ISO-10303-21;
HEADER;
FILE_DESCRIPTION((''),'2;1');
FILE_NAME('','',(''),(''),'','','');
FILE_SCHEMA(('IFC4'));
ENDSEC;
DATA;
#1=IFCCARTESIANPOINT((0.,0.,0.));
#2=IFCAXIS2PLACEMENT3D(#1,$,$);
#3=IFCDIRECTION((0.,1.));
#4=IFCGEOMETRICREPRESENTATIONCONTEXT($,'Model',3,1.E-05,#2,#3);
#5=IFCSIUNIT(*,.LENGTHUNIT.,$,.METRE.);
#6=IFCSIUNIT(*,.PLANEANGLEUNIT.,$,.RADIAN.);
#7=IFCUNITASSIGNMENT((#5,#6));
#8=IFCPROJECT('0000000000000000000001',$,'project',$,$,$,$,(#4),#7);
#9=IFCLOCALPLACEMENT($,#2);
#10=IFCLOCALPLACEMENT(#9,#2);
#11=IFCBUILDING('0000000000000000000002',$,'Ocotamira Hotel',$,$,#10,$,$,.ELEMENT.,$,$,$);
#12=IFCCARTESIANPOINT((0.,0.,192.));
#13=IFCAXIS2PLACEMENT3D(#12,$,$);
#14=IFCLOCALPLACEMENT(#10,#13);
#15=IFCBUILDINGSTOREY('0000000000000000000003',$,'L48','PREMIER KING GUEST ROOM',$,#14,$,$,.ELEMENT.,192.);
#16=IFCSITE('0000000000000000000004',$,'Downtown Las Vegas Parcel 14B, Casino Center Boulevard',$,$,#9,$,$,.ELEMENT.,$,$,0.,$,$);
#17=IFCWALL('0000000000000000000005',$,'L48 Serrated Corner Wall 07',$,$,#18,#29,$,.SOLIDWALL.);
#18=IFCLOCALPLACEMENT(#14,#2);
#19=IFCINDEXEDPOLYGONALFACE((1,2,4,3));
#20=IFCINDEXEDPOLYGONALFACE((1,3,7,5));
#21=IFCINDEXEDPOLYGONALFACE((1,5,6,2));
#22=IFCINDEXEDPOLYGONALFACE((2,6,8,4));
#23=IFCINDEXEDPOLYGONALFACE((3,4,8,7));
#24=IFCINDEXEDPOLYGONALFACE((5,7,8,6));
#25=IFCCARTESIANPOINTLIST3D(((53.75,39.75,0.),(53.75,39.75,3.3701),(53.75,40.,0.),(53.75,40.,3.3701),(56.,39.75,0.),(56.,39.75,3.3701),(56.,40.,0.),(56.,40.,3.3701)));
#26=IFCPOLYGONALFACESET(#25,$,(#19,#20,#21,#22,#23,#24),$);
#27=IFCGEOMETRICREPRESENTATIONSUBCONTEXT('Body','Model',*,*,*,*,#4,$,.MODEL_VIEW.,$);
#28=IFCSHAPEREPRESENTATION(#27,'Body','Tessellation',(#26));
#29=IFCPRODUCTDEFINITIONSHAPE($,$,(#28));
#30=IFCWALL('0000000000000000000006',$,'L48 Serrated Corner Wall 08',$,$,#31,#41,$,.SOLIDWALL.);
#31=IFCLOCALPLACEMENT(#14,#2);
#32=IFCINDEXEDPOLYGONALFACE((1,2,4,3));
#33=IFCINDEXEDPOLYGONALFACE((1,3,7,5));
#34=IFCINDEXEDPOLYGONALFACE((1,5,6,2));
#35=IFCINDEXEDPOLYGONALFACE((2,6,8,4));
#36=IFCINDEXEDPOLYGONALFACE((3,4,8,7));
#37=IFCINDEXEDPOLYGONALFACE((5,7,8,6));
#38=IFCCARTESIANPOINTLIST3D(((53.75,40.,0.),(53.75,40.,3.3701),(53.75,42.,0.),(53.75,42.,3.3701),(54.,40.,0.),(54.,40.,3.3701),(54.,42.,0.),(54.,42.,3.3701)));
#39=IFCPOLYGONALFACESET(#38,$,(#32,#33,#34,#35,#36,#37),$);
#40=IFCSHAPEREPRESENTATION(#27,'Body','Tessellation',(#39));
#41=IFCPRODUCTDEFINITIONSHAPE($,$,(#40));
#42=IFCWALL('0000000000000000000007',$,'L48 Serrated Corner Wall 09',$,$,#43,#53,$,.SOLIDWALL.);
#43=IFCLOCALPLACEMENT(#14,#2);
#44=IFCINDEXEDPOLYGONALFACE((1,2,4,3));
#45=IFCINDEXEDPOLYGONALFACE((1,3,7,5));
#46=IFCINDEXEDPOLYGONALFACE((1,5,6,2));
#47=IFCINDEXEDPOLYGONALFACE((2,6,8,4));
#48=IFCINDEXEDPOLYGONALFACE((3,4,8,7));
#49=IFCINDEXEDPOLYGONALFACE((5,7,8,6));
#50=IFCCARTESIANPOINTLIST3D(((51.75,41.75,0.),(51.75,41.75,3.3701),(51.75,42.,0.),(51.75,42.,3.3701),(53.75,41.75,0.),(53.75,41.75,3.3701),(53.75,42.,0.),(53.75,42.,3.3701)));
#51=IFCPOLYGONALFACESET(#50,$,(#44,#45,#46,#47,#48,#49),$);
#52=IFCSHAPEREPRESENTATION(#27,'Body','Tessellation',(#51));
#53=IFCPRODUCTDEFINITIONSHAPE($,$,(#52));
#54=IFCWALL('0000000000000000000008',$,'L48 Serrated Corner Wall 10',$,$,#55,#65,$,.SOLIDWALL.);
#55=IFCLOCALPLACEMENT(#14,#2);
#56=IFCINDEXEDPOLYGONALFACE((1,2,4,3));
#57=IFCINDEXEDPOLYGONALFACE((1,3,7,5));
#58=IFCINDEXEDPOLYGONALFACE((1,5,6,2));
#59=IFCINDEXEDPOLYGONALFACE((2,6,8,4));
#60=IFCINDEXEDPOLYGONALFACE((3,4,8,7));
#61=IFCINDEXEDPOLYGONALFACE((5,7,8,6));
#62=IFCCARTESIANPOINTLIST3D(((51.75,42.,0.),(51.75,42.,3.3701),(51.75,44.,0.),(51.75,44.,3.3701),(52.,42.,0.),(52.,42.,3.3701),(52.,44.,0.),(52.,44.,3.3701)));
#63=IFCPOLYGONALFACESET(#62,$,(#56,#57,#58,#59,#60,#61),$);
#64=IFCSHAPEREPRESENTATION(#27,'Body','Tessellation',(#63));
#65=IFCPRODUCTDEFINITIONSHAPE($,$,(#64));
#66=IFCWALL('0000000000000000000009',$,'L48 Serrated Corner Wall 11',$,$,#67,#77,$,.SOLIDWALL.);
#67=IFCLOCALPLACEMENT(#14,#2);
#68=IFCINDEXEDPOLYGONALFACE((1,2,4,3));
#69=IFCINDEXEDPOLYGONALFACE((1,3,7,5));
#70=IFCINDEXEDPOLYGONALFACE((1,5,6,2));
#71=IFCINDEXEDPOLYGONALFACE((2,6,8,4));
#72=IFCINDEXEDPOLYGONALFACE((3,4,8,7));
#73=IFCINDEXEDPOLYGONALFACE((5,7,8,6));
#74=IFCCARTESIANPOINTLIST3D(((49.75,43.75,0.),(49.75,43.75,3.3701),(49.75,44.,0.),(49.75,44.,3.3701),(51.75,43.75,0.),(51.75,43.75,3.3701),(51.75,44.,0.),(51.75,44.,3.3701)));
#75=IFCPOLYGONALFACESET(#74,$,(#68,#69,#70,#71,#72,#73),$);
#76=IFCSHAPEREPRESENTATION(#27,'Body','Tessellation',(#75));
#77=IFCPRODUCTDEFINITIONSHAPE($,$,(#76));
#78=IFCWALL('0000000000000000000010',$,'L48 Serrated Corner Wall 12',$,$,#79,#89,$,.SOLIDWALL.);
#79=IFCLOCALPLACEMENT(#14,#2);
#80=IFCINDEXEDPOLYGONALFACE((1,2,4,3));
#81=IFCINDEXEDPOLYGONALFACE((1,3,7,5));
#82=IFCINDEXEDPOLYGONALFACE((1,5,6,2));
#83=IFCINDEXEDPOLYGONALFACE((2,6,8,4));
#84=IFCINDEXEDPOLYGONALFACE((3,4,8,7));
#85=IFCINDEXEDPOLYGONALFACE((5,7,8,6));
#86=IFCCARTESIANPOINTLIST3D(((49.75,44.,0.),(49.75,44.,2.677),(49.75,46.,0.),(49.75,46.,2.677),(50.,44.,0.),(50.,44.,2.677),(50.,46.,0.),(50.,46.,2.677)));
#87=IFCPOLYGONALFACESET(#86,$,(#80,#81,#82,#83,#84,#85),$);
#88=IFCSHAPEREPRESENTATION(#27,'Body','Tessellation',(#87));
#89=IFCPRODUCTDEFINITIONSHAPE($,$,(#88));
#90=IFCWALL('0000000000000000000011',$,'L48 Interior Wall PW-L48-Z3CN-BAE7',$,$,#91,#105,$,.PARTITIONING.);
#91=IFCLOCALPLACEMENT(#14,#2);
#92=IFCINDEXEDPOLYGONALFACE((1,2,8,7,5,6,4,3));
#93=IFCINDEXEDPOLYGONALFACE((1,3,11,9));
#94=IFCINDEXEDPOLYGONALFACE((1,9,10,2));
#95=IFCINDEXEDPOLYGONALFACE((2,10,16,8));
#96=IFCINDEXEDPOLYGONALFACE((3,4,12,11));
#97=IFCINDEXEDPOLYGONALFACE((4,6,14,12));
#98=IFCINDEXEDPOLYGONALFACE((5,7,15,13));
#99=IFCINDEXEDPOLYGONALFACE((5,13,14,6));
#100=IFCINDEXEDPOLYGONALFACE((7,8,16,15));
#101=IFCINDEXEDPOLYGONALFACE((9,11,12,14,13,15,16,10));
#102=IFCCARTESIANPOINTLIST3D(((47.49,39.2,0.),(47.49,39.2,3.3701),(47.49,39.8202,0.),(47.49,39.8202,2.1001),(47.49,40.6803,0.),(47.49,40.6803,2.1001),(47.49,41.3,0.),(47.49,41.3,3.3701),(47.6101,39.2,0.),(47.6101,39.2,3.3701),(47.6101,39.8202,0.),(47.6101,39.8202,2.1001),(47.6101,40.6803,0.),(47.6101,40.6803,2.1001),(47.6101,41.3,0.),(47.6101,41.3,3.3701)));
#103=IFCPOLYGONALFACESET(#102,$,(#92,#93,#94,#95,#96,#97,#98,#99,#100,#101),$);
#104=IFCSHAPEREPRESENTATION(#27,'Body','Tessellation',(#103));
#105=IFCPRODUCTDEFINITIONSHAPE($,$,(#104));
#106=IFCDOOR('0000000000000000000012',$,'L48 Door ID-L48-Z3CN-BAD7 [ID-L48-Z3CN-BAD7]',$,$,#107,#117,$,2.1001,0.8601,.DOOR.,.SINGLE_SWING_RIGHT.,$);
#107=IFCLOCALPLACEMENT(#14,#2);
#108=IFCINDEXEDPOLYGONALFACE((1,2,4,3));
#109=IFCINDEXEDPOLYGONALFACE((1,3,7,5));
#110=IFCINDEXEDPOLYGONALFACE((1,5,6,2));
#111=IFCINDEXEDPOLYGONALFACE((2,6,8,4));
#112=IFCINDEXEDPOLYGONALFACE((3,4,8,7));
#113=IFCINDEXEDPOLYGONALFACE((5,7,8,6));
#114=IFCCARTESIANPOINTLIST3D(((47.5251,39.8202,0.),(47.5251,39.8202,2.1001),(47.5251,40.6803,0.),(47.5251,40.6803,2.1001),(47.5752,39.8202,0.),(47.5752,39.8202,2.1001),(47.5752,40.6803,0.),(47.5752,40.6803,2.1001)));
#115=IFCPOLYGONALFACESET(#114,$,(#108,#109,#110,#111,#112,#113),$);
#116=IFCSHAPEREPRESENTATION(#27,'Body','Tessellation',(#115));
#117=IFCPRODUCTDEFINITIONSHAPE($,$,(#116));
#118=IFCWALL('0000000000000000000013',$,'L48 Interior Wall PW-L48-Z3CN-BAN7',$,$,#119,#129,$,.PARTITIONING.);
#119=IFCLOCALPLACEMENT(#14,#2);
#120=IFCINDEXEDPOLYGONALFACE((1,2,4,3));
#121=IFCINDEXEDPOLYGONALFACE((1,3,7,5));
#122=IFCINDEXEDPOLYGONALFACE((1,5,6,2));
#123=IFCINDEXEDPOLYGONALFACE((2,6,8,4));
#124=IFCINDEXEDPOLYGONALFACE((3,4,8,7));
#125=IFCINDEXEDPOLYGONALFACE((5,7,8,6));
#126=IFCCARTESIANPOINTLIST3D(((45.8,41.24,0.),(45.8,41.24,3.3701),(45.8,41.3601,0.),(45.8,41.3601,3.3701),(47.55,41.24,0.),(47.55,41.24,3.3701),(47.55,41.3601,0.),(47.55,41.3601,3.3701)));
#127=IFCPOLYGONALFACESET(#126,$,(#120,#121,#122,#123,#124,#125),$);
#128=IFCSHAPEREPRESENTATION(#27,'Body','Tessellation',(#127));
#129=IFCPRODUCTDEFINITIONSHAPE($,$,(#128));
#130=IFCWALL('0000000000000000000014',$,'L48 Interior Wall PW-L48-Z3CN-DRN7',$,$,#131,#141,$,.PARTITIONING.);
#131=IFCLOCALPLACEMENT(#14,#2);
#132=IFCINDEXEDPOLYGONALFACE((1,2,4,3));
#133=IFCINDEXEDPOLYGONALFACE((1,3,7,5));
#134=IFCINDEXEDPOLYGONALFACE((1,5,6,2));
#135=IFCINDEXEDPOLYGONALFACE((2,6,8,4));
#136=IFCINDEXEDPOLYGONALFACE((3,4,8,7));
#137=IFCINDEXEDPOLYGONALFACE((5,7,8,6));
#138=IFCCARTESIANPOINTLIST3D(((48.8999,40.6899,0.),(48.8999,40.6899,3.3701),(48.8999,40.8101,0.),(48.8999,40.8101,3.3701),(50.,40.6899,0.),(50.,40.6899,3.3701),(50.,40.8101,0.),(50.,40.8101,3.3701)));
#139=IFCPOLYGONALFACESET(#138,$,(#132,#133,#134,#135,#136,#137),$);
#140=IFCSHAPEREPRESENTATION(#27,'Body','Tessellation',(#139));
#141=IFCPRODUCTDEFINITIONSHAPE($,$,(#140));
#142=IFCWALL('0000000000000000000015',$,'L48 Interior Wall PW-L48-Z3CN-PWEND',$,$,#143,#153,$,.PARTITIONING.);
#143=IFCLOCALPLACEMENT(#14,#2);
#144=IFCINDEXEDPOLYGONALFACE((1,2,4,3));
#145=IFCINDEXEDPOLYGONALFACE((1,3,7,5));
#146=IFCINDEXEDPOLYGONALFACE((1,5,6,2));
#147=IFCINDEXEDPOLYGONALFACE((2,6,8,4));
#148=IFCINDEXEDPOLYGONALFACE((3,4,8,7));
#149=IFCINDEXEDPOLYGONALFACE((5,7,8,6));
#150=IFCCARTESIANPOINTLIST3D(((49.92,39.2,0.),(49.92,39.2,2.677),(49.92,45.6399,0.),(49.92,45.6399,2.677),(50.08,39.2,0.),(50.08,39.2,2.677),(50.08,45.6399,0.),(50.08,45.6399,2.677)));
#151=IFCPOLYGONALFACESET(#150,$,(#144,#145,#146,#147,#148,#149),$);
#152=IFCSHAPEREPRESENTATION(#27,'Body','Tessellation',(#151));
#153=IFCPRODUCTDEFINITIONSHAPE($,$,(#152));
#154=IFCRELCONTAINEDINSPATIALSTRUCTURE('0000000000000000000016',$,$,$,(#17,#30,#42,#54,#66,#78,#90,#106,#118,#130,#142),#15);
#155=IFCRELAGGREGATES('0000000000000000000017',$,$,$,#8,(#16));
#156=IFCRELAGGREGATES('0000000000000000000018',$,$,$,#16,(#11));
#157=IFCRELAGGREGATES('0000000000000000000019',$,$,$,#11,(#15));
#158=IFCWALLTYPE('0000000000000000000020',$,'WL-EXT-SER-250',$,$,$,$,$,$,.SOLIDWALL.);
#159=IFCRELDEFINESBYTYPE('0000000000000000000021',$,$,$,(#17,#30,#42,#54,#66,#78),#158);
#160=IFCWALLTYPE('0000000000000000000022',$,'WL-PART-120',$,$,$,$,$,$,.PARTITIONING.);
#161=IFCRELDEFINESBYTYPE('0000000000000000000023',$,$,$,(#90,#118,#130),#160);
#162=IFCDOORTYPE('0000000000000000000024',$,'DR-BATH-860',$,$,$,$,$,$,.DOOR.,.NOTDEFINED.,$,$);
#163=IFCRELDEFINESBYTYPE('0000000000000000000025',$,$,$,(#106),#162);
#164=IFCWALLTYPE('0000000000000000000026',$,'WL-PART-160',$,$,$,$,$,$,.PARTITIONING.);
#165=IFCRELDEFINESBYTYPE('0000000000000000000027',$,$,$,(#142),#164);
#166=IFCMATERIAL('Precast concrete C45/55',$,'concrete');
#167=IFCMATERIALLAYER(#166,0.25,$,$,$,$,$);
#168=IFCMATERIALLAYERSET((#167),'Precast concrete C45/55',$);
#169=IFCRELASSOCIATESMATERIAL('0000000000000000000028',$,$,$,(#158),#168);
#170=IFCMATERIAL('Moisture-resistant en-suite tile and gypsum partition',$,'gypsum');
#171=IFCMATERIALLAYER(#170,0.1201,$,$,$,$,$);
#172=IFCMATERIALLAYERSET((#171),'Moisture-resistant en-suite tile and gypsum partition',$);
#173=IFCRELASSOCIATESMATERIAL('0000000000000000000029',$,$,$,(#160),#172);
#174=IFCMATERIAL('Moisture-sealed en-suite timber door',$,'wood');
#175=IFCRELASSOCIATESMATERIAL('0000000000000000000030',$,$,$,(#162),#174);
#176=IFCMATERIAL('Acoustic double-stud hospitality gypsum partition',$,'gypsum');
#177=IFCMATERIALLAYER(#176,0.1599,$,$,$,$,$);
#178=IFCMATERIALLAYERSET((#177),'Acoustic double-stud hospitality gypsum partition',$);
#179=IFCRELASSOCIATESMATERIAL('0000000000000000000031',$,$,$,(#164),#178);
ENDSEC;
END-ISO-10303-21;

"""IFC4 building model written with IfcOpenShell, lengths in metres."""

from ifc_helpers import new_model, si_unit, direction, frame, frame_2d, origin, place, context, subcontext, project, spatial, rectangle, extrude, source, transform, mapped, material, layer, layer_set, type_object, element, fill, save


model = new_model("IFC4")

# Units and contexts
model_context = context("Model", 3, precision=1e-05, world=origin(), true_north=direction((0.0, 1.0)))
body_context = subcontext(model_context, "Body", "Model", "MODEL_VIEW")
ifc_project = project(units=[si_unit("LENGTHUNIT", "METRE"), si_unit("PLANEANGLEUNIT", "RADIAN")], contexts=[model_context])

# Site, building, storey
site_placement = place(None, origin())
site = spatial("IfcSite", under=ifc_project, at=site_placement, Name="Downtown Las Vegas Parcel 14B, Casino Center Boulevard", CompositionType="ELEMENT", RefElevation=0.0)
building_placement = place(site_placement, origin())
building = spatial("IfcBuilding", under=site, at=building_placement, Name="Ocotamira Hotel", CompositionType="ELEMENT")
storey_placement = place(building_placement, frame((0.0, 0.0, 192.0)))
storey = spatial("IfcBuildingStorey", under=building, at=storey_placement, Name="L48", Description="PREMIER KING GUEST ROOM", CompositionType="ELEMENT", Elevation=192.0)

# Walls
ifc_material_1 = material(Name="Precast concrete C45/55", Category="concrete")
ifc_layer_1 = layer(ifc_material_1, 0.25)
ifc_layer_set_1 = layer_set([ifc_layer_1], Name="Precast concrete C45/55")
wall_type_1 = type_object("IfcWallType", Name="WL-EXT-SER-250", PredefinedType="SOLIDWALL", material=ifc_layer_set_1)
wall_1_placement = place(storey_placement, frame((56.0, 39.875, 0.0), z_axis=(0.0, 0.0, 1.0), x_axis=(-1.0, 0.0, 0.0)))
element("IfcWall", 1, at=wall_1_placement, inside=storey, type_object=wall_type_1, Name="L48 Serrated Corner Wall 07", PredefinedType="SOLIDWALL", context=body_context, shape_type="SweptSolid", body=[
    extrude(rectangle(XDim=2.25, YDim=0.25, at=frame_2d((1.125, 0.0))), origin(), (0.0, 0.0, 1.0), 3.3701),
])
for number, where, z_axis, x_axis, name in (
    (2, (53.875, 40.0, 0.0), (0.0, 0.0, 1.0), (0.0, 1.0, 0.0), "L48 Serrated Corner Wall 08"),
    (3, (53.75, 41.875, 0.0), (0.0, 0.0, 1.0), (-1.0, 0.0, 0.0), "L48 Serrated Corner Wall 09"),
    (4, (51.875, 42.0, 0.0), (0.0, 0.0, 1.0), (0.0, 1.0, 0.0), "L48 Serrated Corner Wall 10"),
    (5, (51.75, 43.875, 0.0), (0.0, 0.0, 1.0), (-1.0, 0.0, 0.0), "L48 Serrated Corner Wall 11"),
):
    element("IfcWall", number, at=place(storey_placement, frame(where, z_axis=z_axis, x_axis=x_axis)), inside=storey, type_object=wall_type_1, Name=name, PredefinedType="SOLIDWALL", context=body_context, shape_type="SweptSolid", body=[
        extrude(rectangle(XDim=2.0, YDim=0.25, at=frame_2d((1.0, 0.0))), origin(), (0.0, 0.0, 1.0), 3.3701),
    ])
wall_2_placement = place(storey_placement, frame((49.875, 44.0, 0.0), z_axis=(0.0, 0.0, 1.0), x_axis=(0.0, 1.0, 0.0)))
element("IfcWall", 6, at=wall_2_placement, inside=storey, type_object=wall_type_1, Name="L48 Serrated Corner Wall 12", PredefinedType="SOLIDWALL", context=body_context, shape_type="SweptSolid", body=[
    extrude(rectangle(XDim=2.0, YDim=0.25, at=frame_2d((1.0, 0.0))), origin(), (0.0, 0.0, 1.0), 2.677),
])

# Wall, opening, door
ifc_material_2 = material(Name="Moisture-resistant en-suite tile and gypsum partition", Category="gypsum")
ifc_layer_2 = layer(ifc_material_2, 0.1201)
ifc_layer_set_2 = layer_set([ifc_layer_2], Name="Moisture-resistant en-suite tile and gypsum partition")
wall_type_2 = type_object("IfcWallType", Name="WL-PART-120", PredefinedType="PARTITIONING", material=ifc_layer_set_2)
wall_3_placement = place(storey_placement, frame((47.55, 39.2, 0.0), z_axis=(0.0, 0.0, 1.0), x_axis=(0.0, 1.0, 0.0)))
wall_3 = element("IfcWall", 7, at=wall_3_placement, inside=storey, type_object=wall_type_2, Name="L48 Interior Wall PW-L48-Z3CN-BAE7", PredefinedType="PARTITIONING", context=body_context, shape_type="SweptSolid", body=[
    extrude(rectangle(XDim=2.1001, YDim=0.1201, at=frame_2d((1.05, 0.0))), origin(), (0.0, 0.0, 1.0), 3.3701),
])
opening_1_placement = place(wall_3_placement, frame((0.6201, 0.0, 0.0)))
opening_1 = element("IfcOpeningElement", 8, at=opening_1_placement, cuts=wall_3, PredefinedType="OPENING", context=body_context, shape_type="SweptSolid", body=[
    extrude(rectangle(XDim=0.8601, YDim=2.1001, at=frame_2d((0.4302, 1.05))), frame((0.0, 0.0701, 0.0), z_axis=(0.0, -1.0, 0.0), x_axis=(1.0, 0.0, 0.0)), (0.0, 0.0, 1.0), 0.1401),
])
ifc_material_3 = material(Name="Moisture-sealed en-suite timber door", Category="wood")
door_type_1 = type_object("IfcDoorType", Name="DR-BATH-860", OperationType="NOTDEFINED", PredefinedType="DOOR", material=ifc_material_3)
shared_shape_1 = source(origin(), body_context, "Body", "SweptSolid", [
    extrude(rectangle(XDim=0.8601, YDim=2.1001, at=frame_2d((0.4302, 1.05))), frame((0.0, 0.0249, 0.0), z_axis=(0.0, -1.0, 0.0), x_axis=(1.0, 0.0, 0.0)), (0.0, 0.0, 1.0), 0.05),
])
door_1_placement = place(opening_1_placement, origin())
door_1 = element("IfcDoor", 9, at=door_1_placement, inside=storey, type_object=door_type_1, Name="L48 Door ID-L48-Z3CN-BAD7 [ID-L48-Z3CN-BAD7]", OperationType="SINGLE_SWING_RIGHT", OverallHeight=2.1001, OverallWidth=0.8601, PredefinedType="DOOR", context=body_context, shape_type="MappedRepresentation", body=[
    mapped(shared_shape_1, transform((0.0, 0.0, 0.0), scale=1.0)),
])
fill(opening_1, door_1)

# Walls
wall_4_placement = place(storey_placement, frame((45.8, 41.3, 0.0), z_axis=(0.0, 0.0, 1.0), x_axis=(1.0, 0.0, 0.0)))
element("IfcWall", 10, at=wall_4_placement, inside=storey, type_object=wall_type_2, Name="L48 Interior Wall PW-L48-Z3CN-BAN7", PredefinedType="PARTITIONING", context=body_context, shape_type="SweptSolid", body=[
    extrude(rectangle(XDim=1.75, YDim=0.1201, at=frame_2d((0.875, 0.0))), origin(), (0.0, 0.0, 1.0), 3.3701),
])
wall_5_placement = place(storey_placement, frame((48.8999, 40.75, 0.0), z_axis=(0.0, 0.0, 1.0), x_axis=(1.0, 0.0, 0.0)))
element("IfcWall", 11, at=wall_5_placement, inside=storey, type_object=wall_type_2, Name="L48 Interior Wall PW-L48-Z3CN-DRN7", PredefinedType="PARTITIONING", context=body_context, shape_type="SweptSolid", body=[
    extrude(rectangle(XDim=1.1001, YDim=0.1201, at=frame_2d((0.55, 0.0))), origin(), (0.0, 0.0, 1.0), 3.3701),
])
ifc_material_4 = material(Name="Acoustic double-stud hospitality gypsum partition", Category="gypsum")
ifc_layer_3 = layer(ifc_material_4, 0.1599)
ifc_layer_set_3 = layer_set([ifc_layer_3], Name="Acoustic double-stud hospitality gypsum partition")
wall_type_3 = type_object("IfcWallType", Name="WL-PART-160", PredefinedType="PARTITIONING", material=ifc_layer_set_3)
wall_6_placement = place(storey_placement, frame((50.0, 39.2, 0.0), z_axis=(0.0, 0.0, 1.0), x_axis=(0.0, 1.0, 0.0)))
element("IfcWall", 12, at=wall_6_placement, inside=storey, type_object=wall_type_3, Name="L48 Interior Wall PW-L48-Z3CN-PWEND", PredefinedType="PARTITIONING", context=body_context, shape_type="SweptSolid", body=[
    extrude(rectangle(XDim=6.4399, YDim=0.1599, at=frame_2d((3.22, 0.0))), origin(), (0.0, 0.0, 1.0), 2.677),
])

save(model, "model.ifc")
